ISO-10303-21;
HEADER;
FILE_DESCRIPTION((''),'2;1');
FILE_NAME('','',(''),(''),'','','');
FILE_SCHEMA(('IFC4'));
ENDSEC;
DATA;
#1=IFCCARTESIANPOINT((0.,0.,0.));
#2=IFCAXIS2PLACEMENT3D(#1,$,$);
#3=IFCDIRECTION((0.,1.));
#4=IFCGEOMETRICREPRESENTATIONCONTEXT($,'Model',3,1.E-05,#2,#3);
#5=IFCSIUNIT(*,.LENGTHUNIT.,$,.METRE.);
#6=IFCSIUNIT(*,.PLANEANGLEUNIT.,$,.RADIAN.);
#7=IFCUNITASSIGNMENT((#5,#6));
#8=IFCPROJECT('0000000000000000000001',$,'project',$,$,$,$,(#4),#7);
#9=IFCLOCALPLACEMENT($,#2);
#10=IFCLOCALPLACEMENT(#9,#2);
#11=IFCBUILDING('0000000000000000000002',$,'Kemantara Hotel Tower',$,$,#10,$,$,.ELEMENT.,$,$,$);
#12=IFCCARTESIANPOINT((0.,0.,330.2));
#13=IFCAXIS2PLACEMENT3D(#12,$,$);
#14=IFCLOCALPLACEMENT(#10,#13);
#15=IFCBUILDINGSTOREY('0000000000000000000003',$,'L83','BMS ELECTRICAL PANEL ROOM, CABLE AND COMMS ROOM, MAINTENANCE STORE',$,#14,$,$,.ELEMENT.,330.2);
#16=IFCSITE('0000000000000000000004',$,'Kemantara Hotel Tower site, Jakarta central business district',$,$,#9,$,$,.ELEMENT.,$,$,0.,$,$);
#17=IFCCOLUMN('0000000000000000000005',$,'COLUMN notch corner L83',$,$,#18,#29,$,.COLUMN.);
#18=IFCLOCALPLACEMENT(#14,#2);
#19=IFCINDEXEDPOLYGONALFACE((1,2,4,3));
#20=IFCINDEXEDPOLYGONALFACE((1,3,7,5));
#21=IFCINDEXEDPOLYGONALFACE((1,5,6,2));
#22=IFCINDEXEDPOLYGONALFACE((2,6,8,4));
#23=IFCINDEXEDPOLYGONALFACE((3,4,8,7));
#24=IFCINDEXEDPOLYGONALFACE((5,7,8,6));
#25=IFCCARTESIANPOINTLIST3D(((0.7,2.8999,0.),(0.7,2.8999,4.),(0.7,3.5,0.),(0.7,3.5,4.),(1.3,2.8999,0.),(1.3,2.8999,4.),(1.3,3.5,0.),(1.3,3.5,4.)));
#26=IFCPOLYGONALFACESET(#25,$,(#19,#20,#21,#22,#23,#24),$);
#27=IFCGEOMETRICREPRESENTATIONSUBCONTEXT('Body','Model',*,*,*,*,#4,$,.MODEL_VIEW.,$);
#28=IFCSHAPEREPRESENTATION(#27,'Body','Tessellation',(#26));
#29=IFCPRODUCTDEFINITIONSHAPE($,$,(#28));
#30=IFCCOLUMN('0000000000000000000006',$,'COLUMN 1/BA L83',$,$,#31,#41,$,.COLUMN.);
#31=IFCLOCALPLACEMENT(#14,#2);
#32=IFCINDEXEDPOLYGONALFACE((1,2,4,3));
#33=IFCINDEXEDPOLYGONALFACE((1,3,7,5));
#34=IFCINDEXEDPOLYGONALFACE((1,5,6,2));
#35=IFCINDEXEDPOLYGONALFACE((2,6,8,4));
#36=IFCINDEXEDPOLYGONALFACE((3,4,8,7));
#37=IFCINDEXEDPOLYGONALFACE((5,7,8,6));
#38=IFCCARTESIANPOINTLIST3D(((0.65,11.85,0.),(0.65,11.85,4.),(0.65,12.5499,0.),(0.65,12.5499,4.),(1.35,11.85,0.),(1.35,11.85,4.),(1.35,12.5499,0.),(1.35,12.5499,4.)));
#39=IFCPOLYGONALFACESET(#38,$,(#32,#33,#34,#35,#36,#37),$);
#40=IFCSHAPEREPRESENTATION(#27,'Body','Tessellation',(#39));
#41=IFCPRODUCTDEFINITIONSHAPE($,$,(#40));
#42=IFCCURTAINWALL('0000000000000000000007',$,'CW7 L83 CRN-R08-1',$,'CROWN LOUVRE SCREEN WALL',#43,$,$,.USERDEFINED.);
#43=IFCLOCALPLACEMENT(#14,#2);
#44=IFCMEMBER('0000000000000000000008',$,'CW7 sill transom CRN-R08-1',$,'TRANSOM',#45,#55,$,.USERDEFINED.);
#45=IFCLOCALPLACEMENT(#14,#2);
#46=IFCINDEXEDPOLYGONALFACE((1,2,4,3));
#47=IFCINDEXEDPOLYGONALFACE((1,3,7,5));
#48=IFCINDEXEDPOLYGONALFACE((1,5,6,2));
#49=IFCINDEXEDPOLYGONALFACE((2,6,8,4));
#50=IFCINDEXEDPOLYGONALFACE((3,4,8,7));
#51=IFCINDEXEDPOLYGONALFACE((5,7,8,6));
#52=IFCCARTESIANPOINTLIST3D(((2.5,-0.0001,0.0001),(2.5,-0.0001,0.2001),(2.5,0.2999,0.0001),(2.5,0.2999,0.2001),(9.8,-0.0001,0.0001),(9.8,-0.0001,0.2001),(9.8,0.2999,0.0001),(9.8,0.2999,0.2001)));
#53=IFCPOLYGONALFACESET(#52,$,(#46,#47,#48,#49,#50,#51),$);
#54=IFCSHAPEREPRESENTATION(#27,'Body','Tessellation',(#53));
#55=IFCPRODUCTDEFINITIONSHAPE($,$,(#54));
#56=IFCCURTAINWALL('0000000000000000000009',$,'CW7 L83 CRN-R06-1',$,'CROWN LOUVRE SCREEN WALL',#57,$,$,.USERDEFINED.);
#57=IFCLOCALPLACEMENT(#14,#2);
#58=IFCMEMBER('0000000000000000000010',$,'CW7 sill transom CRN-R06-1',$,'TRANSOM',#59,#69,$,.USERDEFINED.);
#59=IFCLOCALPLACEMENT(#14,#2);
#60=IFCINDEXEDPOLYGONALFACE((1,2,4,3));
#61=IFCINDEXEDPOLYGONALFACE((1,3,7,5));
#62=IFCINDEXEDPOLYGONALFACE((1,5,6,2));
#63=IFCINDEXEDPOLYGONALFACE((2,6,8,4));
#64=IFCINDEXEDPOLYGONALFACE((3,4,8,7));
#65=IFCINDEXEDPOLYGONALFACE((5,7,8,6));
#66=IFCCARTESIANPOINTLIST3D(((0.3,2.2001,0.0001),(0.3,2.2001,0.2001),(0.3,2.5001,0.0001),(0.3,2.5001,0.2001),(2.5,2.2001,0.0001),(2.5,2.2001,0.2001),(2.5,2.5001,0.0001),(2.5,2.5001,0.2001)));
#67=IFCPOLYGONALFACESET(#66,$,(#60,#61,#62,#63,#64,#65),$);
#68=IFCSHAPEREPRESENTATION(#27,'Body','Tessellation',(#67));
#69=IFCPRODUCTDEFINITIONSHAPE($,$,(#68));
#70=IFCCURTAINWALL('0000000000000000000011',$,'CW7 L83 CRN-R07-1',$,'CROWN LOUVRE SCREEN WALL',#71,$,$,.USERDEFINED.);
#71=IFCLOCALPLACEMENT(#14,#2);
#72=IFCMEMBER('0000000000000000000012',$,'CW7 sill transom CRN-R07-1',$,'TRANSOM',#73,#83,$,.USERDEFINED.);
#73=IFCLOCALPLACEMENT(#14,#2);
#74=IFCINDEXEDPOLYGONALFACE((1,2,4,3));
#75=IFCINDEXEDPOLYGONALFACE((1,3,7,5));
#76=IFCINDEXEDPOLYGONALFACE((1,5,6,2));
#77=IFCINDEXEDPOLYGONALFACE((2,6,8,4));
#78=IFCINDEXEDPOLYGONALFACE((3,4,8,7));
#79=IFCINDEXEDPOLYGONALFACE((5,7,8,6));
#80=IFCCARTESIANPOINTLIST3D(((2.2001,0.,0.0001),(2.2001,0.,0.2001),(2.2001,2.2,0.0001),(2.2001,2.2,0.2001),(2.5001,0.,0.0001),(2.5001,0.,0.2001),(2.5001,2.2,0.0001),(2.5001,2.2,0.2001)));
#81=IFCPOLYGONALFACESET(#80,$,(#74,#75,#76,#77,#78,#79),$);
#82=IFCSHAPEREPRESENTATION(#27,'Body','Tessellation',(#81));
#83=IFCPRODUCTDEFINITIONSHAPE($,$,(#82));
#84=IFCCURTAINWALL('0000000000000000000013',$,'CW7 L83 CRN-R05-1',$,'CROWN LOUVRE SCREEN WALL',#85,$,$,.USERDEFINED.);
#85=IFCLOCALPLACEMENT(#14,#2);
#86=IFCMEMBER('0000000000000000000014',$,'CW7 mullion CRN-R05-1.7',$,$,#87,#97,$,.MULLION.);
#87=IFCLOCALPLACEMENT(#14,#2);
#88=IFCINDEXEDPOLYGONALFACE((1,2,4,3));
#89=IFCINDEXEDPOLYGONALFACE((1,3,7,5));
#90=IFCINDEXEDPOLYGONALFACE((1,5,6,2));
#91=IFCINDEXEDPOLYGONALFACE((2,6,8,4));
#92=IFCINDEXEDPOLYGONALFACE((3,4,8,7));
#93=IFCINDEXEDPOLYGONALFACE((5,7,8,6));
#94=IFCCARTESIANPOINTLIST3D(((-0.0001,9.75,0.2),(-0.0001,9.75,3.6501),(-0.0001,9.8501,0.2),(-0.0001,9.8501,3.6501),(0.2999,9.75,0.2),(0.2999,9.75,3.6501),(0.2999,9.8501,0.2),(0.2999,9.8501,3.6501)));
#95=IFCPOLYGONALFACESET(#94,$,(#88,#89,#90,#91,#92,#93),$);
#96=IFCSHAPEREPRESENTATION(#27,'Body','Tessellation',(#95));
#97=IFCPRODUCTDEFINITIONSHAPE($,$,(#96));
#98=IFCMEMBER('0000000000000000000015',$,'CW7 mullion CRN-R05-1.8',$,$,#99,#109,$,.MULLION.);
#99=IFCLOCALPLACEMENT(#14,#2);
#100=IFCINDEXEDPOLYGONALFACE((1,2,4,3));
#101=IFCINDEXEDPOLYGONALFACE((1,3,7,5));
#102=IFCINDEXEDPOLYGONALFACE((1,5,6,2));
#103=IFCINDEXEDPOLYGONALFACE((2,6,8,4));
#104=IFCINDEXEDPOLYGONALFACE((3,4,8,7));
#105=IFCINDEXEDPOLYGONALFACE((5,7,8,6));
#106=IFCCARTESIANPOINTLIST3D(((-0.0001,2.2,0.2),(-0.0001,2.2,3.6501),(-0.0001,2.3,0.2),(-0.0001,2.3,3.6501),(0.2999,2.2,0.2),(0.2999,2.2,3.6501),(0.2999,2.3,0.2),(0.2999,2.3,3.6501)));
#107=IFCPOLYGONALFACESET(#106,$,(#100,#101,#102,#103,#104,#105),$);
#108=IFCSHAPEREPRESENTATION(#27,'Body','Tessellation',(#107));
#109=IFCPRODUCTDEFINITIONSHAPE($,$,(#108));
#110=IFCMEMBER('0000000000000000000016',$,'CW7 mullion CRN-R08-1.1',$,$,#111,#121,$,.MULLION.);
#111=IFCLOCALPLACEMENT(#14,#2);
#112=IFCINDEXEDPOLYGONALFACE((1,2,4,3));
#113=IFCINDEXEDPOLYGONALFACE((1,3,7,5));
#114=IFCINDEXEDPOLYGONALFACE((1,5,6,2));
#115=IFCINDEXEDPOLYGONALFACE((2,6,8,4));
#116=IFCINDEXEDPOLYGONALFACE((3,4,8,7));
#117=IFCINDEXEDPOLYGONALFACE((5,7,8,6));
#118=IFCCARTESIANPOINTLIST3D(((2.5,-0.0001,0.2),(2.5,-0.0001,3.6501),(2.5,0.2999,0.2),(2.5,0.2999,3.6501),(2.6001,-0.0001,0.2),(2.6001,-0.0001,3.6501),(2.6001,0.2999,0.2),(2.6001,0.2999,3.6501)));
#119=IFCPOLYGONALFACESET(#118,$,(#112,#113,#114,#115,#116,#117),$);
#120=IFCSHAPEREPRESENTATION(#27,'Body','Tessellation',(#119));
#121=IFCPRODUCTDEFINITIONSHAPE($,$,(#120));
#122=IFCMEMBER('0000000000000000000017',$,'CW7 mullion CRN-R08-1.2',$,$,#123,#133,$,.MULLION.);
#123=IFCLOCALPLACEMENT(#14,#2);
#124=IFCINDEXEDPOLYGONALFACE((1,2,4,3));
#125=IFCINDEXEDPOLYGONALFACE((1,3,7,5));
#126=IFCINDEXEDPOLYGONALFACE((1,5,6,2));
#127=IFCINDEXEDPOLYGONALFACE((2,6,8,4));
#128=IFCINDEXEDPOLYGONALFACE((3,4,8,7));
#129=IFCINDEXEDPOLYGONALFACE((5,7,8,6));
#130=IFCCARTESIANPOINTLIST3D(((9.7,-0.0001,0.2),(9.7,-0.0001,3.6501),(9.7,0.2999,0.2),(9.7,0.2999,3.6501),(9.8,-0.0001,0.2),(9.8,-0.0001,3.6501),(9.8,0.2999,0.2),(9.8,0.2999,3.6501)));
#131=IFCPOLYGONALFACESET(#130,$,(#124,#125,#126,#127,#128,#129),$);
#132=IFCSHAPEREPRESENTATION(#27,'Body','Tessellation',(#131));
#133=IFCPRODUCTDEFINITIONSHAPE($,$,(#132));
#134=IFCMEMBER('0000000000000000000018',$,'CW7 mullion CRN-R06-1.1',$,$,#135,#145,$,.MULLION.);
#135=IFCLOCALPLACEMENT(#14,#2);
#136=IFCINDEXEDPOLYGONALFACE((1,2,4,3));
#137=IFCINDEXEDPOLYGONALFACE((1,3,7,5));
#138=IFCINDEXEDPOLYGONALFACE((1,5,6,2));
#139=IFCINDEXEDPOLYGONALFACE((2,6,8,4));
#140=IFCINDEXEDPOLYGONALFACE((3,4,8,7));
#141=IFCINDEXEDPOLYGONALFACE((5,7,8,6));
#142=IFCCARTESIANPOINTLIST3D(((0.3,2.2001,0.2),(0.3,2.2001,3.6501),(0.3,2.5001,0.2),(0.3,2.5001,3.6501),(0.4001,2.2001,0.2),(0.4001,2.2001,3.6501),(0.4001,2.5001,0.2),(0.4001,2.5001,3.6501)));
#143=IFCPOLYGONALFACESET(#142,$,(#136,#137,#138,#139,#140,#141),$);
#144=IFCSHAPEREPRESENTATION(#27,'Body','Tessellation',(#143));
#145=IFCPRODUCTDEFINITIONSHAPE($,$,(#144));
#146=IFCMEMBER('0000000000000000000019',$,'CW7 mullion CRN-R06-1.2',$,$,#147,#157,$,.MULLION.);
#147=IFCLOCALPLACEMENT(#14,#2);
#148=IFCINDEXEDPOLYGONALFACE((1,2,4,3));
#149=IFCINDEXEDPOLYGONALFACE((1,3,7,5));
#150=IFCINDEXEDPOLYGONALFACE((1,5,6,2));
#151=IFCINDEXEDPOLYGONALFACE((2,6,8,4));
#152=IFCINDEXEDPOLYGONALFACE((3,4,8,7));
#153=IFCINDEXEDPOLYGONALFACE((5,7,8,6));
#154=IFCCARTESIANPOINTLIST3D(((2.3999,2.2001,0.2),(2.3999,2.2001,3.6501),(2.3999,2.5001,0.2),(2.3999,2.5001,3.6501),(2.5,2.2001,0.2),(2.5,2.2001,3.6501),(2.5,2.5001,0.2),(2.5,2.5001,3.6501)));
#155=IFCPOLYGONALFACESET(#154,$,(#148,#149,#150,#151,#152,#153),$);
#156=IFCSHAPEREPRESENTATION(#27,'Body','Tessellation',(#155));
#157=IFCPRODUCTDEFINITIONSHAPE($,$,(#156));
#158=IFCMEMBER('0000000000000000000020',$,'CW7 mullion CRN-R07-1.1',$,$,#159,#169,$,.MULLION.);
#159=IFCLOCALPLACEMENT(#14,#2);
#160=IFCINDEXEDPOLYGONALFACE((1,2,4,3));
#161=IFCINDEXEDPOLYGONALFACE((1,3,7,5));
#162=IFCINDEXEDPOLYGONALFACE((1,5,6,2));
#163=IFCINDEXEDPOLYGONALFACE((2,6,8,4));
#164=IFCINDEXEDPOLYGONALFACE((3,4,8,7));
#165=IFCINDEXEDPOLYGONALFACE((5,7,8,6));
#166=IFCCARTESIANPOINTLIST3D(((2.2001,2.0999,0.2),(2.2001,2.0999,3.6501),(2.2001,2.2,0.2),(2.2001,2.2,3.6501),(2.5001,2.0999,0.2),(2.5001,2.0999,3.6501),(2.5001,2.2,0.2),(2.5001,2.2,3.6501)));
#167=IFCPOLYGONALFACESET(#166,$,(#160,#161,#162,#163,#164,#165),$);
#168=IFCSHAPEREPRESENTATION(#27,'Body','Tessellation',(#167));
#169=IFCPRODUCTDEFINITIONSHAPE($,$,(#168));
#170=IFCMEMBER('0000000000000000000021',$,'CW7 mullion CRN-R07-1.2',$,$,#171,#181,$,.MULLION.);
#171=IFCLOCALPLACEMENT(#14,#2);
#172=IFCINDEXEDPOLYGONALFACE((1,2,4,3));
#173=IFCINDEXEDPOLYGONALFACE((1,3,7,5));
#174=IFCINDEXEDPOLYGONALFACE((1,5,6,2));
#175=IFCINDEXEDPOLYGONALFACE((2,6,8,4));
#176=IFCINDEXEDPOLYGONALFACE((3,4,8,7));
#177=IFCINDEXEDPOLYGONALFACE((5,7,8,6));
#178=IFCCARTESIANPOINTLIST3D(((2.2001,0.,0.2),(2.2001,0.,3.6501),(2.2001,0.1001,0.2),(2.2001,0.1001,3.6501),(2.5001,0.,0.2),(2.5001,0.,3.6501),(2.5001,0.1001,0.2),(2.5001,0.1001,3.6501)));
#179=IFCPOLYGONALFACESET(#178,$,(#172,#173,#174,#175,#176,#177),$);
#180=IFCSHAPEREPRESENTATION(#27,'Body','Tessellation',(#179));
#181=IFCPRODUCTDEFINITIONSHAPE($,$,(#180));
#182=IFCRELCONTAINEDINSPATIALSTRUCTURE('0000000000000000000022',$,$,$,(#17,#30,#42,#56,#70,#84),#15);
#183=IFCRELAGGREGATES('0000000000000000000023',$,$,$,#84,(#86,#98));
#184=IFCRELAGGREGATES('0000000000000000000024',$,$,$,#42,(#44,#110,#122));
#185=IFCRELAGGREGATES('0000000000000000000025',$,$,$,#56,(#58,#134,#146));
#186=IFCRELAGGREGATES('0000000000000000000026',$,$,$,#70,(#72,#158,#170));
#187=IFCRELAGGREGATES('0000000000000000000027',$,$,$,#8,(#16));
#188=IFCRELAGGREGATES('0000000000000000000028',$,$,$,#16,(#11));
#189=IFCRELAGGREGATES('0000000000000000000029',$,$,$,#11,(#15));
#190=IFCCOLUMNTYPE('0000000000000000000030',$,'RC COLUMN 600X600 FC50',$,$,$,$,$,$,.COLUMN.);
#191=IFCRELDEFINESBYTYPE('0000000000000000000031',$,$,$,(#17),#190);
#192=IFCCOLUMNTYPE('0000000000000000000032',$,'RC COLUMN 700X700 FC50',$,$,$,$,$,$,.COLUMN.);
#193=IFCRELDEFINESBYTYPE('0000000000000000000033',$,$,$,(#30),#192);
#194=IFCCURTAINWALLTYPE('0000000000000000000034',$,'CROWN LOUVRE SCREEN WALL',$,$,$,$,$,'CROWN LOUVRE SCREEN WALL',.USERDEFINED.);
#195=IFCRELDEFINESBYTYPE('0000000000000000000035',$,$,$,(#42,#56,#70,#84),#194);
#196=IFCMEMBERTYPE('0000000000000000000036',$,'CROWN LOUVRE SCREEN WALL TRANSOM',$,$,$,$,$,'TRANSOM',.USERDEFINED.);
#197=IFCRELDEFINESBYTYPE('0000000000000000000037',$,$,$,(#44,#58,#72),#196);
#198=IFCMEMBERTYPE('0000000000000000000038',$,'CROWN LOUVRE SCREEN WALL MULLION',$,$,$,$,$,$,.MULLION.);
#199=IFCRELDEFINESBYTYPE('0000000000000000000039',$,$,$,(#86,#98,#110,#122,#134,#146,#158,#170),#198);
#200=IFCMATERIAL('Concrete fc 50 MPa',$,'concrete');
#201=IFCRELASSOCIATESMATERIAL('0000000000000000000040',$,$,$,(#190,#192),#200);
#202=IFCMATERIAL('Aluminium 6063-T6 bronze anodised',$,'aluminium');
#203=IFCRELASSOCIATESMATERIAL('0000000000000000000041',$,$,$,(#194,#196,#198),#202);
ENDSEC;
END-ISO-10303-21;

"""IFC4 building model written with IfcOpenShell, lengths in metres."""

from ifc_helpers import new_model, si_unit, direction, frame, origin, origin_2d, place, context, subcontext, project, spatial, rectangle, extrude, source, transform, mapped, material, material_profile, profile_set, type_object, element, aggregate, save


model = new_model("IFC4")

# Units and contexts
model_context = context("Model", 3, precision=1e-05, world=origin(), true_north=direction((0.0, 1.0)))
body_context = subcontext(model_context, "Body", "Model", "MODEL_VIEW")
ifc_project = project(units=[si_unit("LENGTHUNIT", "METRE"), si_unit("PLANEANGLEUNIT", "RADIAN")], contexts=[model_context])

# Site, building, storey
site_placement = place(None, origin())
site = spatial("IfcSite", under=ifc_project, at=site_placement, Name="Kemantara Hotel Tower site, Jakarta central business district", CompositionType="ELEMENT", RefElevation=0.0)
building_placement = place(site_placement, origin())
building = spatial("IfcBuilding", under=site, at=building_placement, Name="Kemantara Hotel Tower", CompositionType="ELEMENT")
storey_placement = place(building_placement, frame((0.0, 0.0, 330.2)))
storey = spatial("IfcBuildingStorey", under=building, at=storey_placement, Name="L83", Description="BMS ELECTRICAL PANEL ROOM, CABLE AND COMMS ROOM, MAINTENANCE STORE", CompositionType="ELEMENT", Elevation=330.2)

# Columns
ifc_material_1 = material(Name="Concrete fc 50 MPa", Category="concrete")
ifc_material_profile_1 = material_profile(ifc_material_1, rectangle(XDim=0.6001, YDim=0.6001, at=origin_2d()), Name="RC 600X600")
ifc_profile_set_1 = profile_set([ifc_material_profile_1], Name="Concrete fc 50 MPa")
column_type_1 = type_object("IfcColumnType", Name="RC COLUMN 600X600 FC50", PredefinedType="COLUMN", material=ifc_profile_set_1)
column_1_placement = place(storey_placement, frame((1.0, 3.2, 0.0), z_axis=(0.0, 0.0, 1.0), x_axis=(1.0, 0.0, 0.0)))
element("IfcColumn", 1, at=column_1_placement, inside=storey, type_object=column_type_1, Name="COLUMN notch corner L83", PredefinedType="COLUMN", context=body_context, shape_type="SweptSolid", body=[
    extrude(rectangle(XDim=0.6001, YDim=0.6001, at=origin_2d()), origin(), (0.0, 0.0, 1.0), 4.0),
])
ifc_material_profile_2 = material_profile(ifc_material_1, rectangle(XDim=0.7, YDim=0.7, at=origin_2d()), Name="RC 700X700")
ifc_profile_set_2 = profile_set([ifc_material_profile_2], Name="Concrete fc 50 MPa")
column_type_2 = type_object("IfcColumnType", Name="RC COLUMN 700X700 FC50", PredefinedType="COLUMN", material=ifc_profile_set_2)
column_2_placement = place(storey_placement, frame((1.0, 12.2, 0.0), z_axis=(0.0, 0.0, 1.0), x_axis=(1.0, 0.0, 0.0)))
element("IfcColumn", 2, at=column_2_placement, inside=storey, type_object=column_type_2, Name="COLUMN 1/BA L83", PredefinedType="COLUMN", context=body_context, shape_type="SweptSolid", body=[
    extrude(rectangle(XDim=0.7, YDim=0.7, at=origin_2d()), origin(), (0.0, 0.0, 1.0), 4.0),
])

# Curtain walls, members
ifc_material_2 = material(Name="Aluminium 6063-T6 bronze anodised", Category="aluminium")
curtain_wall_type = type_object("IfcCurtainWallType", Name="CROWN LOUVRE SCREEN WALL", ElementType="CROWN LOUVRE SCREEN WALL", PredefinedType="USERDEFINED", material=ifc_material_2)
curtain_wall_1_placement = place(storey_placement, origin())
curtain_wall_1 = element("IfcCurtainWall", 3, at=curtain_wall_1_placement, inside=storey, type_object=curtain_wall_type, Name="CW7 L83 CRN-R08-1", ObjectType="CROWN LOUVRE SCREEN WALL", PredefinedType="USERDEFINED")
ifc_material_profile_3 = material_profile(ifc_material_2, rectangle(XDim=0.3, YDim=0.2, at=origin_2d()), Name="CROWN LOUVRE SCREEN WALL TRANSOM")
ifc_profile_set_3 = profile_set([ifc_material_profile_3], Name="Aluminium 6063-T6 bronze anodised")
member_type_1 = type_object("IfcMemberType", Name="CROWN LOUVRE SCREEN WALL TRANSOM", ElementType="TRANSOM", PredefinedType="USERDEFINED", material=ifc_profile_set_3)
member_1_placement = place(storey_placement, frame((2.5, 0.1499, 0.1001), z_axis=(1.0, 0.0, 0.0), x_axis=(0.0, 1.0, 0.0)))
member_1 = element("IfcMember", 4, at=member_1_placement, type_object=member_type_1, Name="CW7 sill transom CRN-R08-1", ObjectType="TRANSOM", PredefinedType="USERDEFINED", context=body_context, shape_type="SweptSolid", body=[
    extrude(rectangle(XDim=0.3, YDim=0.2, at=origin_2d()), origin(), (0.0, 0.0, 1.0), 7.3),
])
curtain_wall_2_placement = place(storey_placement, origin())
curtain_wall_2 = element("IfcCurtainWall", 5, at=curtain_wall_2_placement, inside=storey, type_object=curtain_wall_type, Name="CW7 L83 CRN-R06-1", ObjectType="CROWN LOUVRE SCREEN WALL", PredefinedType="USERDEFINED")
member_2_placement = place(storey_placement, frame((0.3, 2.3501, 0.1001), z_axis=(1.0, 0.0, 0.0), x_axis=(0.0, 1.0, 0.0)))
member_2 = element("IfcMember", 6, at=member_2_placement, type_object=member_type_1, Name="CW7 sill transom CRN-R06-1", ObjectType="TRANSOM", PredefinedType="USERDEFINED", context=body_context, shape_type="SweptSolid", body=[
    extrude(rectangle(XDim=0.3, YDim=0.2, at=origin_2d()), origin(), (0.0, 0.0, 1.0), 2.2),
])
curtain_wall_3_placement = place(storey_placement, origin())
curtain_wall_3 = element("IfcCurtainWall", 7, at=curtain_wall_3_placement, inside=storey, type_object=curtain_wall_type, Name="CW7 L83 CRN-R07-1", ObjectType="CROWN LOUVRE SCREEN WALL", PredefinedType="USERDEFINED")
member_3_placement = place(storey_placement, frame((2.3501, 2.2, 0.1001), z_axis=(0.0, -1.0, 0.0), x_axis=(1.0, 0.0, 0.0)))
member_3 = element("IfcMember", 8, at=member_3_placement, type_object=member_type_1, Name="CW7 sill transom CRN-R07-1", ObjectType="TRANSOM", PredefinedType="USERDEFINED", context=body_context, shape_type="SweptSolid", body=[
    extrude(rectangle(XDim=0.3, YDim=0.2, at=origin_2d()), origin(), (0.0, 0.0, 1.0), 2.2),
])

# Curtain wall, members
curtain_wall_4_placement = place(storey_placement, origin())
curtain_wall_4 = element("IfcCurtainWall", 9, at=curtain_wall_4_placement, inside=storey, type_object=curtain_wall_type, Name="CW7 L83 CRN-R05-1", ObjectType="CROWN LOUVRE SCREEN WALL", PredefinedType="USERDEFINED")
ifc_material_profile_4 = material_profile(ifc_material_2, rectangle(XDim=0.3, YDim=0.1001, at=origin_2d()), Name="CROWN LOUVRE SCREEN WALL MULLION")
ifc_profile_set_4 = profile_set([ifc_material_profile_4], Name="Aluminium 6063-T6 bronze anodised")
member_type_2 = type_object("IfcMemberType", Name="CROWN LOUVRE SCREEN WALL MULLION", PredefinedType="MULLION", material=ifc_profile_set_4)
shared_shape_1 = source(origin(), body_context, "Body", "SweptSolid", [
    extrude(rectangle(XDim=0.3, YDim=0.1001, at=origin_2d()), origin(), (0.0, 0.0, 1.0), 3.4502),
])
member_4_placement = place(storey_placement, frame((0.1499, 9.8, 0.2), z_axis=(0.0, 0.0, 1.0), x_axis=(1.0, 0.0, 0.0)))
member_4 = element("IfcMember", 10, at=member_4_placement, type_object=member_type_2, Name="CW7 mullion CRN-R05-1.7", PredefinedType="MULLION", context=body_context, shape_type="MappedRepresentation", body=[
    mapped(shared_shape_1, transform((0.0, 0.0, 0.0))),
])
member_5_placement = place(storey_placement, frame((0.1499, 2.25, 0.2), z_axis=(0.0, 0.0, 1.0), x_axis=(1.0, 0.0, 0.0)))
member_5 = element("IfcMember", 11, at=member_5_placement, type_object=member_type_2, Name="CW7 mullion CRN-R05-1.8", PredefinedType="MULLION", context=body_context, shape_type="MappedRepresentation", body=[
    mapped(shared_shape_1, transform((0.0, 0.0, 0.0))),
])

# Members
member_6_placement = place(storey_placement, frame((2.55, 0.1499, 0.2), z_axis=(0.0, 0.0, 1.0), x_axis=(0.0, 1.0, 0.0)))
member_6 = element("IfcMember", 12, at=member_6_placement, type_object=member_type_2, Name="CW7 mullion CRN-R08-1.1", PredefinedType="MULLION", context=body_context, shape_type="MappedRepresentation", body=[
    mapped(shared_shape_1, transform((0.0, 0.0, 0.0))),
])
member_7_placement = place(storey_placement, frame((9.75, 0.1499, 0.2), z_axis=(0.0, 0.0, 1.0), x_axis=(0.0, 1.0, 0.0)))
member_7 = element("IfcMember", 13, at=member_7_placement, type_object=member_type_2, Name="CW7 mullion CRN-R08-1.2", PredefinedType="MULLION", context=body_context, shape_type="MappedRepresentation", body=[
    mapped(shared_shape_1, transform((0.0, 0.0, 0.0))),
])
member_8_placement = place(storey_placement, frame((0.3501, 2.3501, 0.2), z_axis=(0.0, 0.0, 1.0), x_axis=(0.0, 1.0, 0.0)))
member_8 = element("IfcMember", 14, at=member_8_placement, type_object=member_type_2, Name="CW7 mullion CRN-R06-1.1", PredefinedType="MULLION", context=body_context, shape_type="MappedRepresentation", body=[
    mapped(shared_shape_1, transform((0.0, 0.0, 0.0))),
])
member_9_placement = place(storey_placement, frame((2.45, 2.3501, 0.2), z_axis=(0.0, 0.0, 1.0), x_axis=(0.0, 1.0, 0.0)))
member_9 = element("IfcMember", 15, at=member_9_placement, type_object=member_type_2, Name="CW7 mullion CRN-R06-1.2", PredefinedType="MULLION", context=body_context, shape_type="MappedRepresentation", body=[
    mapped(shared_shape_1, transform((0.0, 0.0, 0.0))),
])
member_10_placement = place(storey_placement, frame((2.3501, 2.1499, 0.2), z_axis=(0.0, 0.0, 1.0), x_axis=(1.0, 0.0, 0.0)))
member_10 = element("IfcMember", 16, at=member_10_placement, type_object=member_type_2, Name="CW7 mullion CRN-R07-1.1", PredefinedType="MULLION", context=body_context, shape_type="MappedRepresentation", body=[
    mapped(shared_shape_1, transform((0.0, 0.0, 0.0))),
])
member_11_placement = place(storey_placement, frame((2.3501, 0.05, 0.2), z_axis=(0.0, 0.0, 1.0), x_axis=(1.0, 0.0, 0.0)))
member_11 = element("IfcMember", 17, at=member_11_placement, type_object=member_type_2, Name="CW7 mullion CRN-R07-1.2", PredefinedType="MULLION", context=body_context, shape_type="MappedRepresentation", body=[
    mapped(shared_shape_1, transform((0.0, 0.0, 0.0))),
])

aggregate(curtain_wall_4, [member_4, member_5])
aggregate(curtain_wall_1, [member_1, member_6, member_7])
aggregate(curtain_wall_2, [member_2, member_8, member_9])
aggregate(curtain_wall_3, [member_3, member_10, member_11])

save(model, "model.ifc")
